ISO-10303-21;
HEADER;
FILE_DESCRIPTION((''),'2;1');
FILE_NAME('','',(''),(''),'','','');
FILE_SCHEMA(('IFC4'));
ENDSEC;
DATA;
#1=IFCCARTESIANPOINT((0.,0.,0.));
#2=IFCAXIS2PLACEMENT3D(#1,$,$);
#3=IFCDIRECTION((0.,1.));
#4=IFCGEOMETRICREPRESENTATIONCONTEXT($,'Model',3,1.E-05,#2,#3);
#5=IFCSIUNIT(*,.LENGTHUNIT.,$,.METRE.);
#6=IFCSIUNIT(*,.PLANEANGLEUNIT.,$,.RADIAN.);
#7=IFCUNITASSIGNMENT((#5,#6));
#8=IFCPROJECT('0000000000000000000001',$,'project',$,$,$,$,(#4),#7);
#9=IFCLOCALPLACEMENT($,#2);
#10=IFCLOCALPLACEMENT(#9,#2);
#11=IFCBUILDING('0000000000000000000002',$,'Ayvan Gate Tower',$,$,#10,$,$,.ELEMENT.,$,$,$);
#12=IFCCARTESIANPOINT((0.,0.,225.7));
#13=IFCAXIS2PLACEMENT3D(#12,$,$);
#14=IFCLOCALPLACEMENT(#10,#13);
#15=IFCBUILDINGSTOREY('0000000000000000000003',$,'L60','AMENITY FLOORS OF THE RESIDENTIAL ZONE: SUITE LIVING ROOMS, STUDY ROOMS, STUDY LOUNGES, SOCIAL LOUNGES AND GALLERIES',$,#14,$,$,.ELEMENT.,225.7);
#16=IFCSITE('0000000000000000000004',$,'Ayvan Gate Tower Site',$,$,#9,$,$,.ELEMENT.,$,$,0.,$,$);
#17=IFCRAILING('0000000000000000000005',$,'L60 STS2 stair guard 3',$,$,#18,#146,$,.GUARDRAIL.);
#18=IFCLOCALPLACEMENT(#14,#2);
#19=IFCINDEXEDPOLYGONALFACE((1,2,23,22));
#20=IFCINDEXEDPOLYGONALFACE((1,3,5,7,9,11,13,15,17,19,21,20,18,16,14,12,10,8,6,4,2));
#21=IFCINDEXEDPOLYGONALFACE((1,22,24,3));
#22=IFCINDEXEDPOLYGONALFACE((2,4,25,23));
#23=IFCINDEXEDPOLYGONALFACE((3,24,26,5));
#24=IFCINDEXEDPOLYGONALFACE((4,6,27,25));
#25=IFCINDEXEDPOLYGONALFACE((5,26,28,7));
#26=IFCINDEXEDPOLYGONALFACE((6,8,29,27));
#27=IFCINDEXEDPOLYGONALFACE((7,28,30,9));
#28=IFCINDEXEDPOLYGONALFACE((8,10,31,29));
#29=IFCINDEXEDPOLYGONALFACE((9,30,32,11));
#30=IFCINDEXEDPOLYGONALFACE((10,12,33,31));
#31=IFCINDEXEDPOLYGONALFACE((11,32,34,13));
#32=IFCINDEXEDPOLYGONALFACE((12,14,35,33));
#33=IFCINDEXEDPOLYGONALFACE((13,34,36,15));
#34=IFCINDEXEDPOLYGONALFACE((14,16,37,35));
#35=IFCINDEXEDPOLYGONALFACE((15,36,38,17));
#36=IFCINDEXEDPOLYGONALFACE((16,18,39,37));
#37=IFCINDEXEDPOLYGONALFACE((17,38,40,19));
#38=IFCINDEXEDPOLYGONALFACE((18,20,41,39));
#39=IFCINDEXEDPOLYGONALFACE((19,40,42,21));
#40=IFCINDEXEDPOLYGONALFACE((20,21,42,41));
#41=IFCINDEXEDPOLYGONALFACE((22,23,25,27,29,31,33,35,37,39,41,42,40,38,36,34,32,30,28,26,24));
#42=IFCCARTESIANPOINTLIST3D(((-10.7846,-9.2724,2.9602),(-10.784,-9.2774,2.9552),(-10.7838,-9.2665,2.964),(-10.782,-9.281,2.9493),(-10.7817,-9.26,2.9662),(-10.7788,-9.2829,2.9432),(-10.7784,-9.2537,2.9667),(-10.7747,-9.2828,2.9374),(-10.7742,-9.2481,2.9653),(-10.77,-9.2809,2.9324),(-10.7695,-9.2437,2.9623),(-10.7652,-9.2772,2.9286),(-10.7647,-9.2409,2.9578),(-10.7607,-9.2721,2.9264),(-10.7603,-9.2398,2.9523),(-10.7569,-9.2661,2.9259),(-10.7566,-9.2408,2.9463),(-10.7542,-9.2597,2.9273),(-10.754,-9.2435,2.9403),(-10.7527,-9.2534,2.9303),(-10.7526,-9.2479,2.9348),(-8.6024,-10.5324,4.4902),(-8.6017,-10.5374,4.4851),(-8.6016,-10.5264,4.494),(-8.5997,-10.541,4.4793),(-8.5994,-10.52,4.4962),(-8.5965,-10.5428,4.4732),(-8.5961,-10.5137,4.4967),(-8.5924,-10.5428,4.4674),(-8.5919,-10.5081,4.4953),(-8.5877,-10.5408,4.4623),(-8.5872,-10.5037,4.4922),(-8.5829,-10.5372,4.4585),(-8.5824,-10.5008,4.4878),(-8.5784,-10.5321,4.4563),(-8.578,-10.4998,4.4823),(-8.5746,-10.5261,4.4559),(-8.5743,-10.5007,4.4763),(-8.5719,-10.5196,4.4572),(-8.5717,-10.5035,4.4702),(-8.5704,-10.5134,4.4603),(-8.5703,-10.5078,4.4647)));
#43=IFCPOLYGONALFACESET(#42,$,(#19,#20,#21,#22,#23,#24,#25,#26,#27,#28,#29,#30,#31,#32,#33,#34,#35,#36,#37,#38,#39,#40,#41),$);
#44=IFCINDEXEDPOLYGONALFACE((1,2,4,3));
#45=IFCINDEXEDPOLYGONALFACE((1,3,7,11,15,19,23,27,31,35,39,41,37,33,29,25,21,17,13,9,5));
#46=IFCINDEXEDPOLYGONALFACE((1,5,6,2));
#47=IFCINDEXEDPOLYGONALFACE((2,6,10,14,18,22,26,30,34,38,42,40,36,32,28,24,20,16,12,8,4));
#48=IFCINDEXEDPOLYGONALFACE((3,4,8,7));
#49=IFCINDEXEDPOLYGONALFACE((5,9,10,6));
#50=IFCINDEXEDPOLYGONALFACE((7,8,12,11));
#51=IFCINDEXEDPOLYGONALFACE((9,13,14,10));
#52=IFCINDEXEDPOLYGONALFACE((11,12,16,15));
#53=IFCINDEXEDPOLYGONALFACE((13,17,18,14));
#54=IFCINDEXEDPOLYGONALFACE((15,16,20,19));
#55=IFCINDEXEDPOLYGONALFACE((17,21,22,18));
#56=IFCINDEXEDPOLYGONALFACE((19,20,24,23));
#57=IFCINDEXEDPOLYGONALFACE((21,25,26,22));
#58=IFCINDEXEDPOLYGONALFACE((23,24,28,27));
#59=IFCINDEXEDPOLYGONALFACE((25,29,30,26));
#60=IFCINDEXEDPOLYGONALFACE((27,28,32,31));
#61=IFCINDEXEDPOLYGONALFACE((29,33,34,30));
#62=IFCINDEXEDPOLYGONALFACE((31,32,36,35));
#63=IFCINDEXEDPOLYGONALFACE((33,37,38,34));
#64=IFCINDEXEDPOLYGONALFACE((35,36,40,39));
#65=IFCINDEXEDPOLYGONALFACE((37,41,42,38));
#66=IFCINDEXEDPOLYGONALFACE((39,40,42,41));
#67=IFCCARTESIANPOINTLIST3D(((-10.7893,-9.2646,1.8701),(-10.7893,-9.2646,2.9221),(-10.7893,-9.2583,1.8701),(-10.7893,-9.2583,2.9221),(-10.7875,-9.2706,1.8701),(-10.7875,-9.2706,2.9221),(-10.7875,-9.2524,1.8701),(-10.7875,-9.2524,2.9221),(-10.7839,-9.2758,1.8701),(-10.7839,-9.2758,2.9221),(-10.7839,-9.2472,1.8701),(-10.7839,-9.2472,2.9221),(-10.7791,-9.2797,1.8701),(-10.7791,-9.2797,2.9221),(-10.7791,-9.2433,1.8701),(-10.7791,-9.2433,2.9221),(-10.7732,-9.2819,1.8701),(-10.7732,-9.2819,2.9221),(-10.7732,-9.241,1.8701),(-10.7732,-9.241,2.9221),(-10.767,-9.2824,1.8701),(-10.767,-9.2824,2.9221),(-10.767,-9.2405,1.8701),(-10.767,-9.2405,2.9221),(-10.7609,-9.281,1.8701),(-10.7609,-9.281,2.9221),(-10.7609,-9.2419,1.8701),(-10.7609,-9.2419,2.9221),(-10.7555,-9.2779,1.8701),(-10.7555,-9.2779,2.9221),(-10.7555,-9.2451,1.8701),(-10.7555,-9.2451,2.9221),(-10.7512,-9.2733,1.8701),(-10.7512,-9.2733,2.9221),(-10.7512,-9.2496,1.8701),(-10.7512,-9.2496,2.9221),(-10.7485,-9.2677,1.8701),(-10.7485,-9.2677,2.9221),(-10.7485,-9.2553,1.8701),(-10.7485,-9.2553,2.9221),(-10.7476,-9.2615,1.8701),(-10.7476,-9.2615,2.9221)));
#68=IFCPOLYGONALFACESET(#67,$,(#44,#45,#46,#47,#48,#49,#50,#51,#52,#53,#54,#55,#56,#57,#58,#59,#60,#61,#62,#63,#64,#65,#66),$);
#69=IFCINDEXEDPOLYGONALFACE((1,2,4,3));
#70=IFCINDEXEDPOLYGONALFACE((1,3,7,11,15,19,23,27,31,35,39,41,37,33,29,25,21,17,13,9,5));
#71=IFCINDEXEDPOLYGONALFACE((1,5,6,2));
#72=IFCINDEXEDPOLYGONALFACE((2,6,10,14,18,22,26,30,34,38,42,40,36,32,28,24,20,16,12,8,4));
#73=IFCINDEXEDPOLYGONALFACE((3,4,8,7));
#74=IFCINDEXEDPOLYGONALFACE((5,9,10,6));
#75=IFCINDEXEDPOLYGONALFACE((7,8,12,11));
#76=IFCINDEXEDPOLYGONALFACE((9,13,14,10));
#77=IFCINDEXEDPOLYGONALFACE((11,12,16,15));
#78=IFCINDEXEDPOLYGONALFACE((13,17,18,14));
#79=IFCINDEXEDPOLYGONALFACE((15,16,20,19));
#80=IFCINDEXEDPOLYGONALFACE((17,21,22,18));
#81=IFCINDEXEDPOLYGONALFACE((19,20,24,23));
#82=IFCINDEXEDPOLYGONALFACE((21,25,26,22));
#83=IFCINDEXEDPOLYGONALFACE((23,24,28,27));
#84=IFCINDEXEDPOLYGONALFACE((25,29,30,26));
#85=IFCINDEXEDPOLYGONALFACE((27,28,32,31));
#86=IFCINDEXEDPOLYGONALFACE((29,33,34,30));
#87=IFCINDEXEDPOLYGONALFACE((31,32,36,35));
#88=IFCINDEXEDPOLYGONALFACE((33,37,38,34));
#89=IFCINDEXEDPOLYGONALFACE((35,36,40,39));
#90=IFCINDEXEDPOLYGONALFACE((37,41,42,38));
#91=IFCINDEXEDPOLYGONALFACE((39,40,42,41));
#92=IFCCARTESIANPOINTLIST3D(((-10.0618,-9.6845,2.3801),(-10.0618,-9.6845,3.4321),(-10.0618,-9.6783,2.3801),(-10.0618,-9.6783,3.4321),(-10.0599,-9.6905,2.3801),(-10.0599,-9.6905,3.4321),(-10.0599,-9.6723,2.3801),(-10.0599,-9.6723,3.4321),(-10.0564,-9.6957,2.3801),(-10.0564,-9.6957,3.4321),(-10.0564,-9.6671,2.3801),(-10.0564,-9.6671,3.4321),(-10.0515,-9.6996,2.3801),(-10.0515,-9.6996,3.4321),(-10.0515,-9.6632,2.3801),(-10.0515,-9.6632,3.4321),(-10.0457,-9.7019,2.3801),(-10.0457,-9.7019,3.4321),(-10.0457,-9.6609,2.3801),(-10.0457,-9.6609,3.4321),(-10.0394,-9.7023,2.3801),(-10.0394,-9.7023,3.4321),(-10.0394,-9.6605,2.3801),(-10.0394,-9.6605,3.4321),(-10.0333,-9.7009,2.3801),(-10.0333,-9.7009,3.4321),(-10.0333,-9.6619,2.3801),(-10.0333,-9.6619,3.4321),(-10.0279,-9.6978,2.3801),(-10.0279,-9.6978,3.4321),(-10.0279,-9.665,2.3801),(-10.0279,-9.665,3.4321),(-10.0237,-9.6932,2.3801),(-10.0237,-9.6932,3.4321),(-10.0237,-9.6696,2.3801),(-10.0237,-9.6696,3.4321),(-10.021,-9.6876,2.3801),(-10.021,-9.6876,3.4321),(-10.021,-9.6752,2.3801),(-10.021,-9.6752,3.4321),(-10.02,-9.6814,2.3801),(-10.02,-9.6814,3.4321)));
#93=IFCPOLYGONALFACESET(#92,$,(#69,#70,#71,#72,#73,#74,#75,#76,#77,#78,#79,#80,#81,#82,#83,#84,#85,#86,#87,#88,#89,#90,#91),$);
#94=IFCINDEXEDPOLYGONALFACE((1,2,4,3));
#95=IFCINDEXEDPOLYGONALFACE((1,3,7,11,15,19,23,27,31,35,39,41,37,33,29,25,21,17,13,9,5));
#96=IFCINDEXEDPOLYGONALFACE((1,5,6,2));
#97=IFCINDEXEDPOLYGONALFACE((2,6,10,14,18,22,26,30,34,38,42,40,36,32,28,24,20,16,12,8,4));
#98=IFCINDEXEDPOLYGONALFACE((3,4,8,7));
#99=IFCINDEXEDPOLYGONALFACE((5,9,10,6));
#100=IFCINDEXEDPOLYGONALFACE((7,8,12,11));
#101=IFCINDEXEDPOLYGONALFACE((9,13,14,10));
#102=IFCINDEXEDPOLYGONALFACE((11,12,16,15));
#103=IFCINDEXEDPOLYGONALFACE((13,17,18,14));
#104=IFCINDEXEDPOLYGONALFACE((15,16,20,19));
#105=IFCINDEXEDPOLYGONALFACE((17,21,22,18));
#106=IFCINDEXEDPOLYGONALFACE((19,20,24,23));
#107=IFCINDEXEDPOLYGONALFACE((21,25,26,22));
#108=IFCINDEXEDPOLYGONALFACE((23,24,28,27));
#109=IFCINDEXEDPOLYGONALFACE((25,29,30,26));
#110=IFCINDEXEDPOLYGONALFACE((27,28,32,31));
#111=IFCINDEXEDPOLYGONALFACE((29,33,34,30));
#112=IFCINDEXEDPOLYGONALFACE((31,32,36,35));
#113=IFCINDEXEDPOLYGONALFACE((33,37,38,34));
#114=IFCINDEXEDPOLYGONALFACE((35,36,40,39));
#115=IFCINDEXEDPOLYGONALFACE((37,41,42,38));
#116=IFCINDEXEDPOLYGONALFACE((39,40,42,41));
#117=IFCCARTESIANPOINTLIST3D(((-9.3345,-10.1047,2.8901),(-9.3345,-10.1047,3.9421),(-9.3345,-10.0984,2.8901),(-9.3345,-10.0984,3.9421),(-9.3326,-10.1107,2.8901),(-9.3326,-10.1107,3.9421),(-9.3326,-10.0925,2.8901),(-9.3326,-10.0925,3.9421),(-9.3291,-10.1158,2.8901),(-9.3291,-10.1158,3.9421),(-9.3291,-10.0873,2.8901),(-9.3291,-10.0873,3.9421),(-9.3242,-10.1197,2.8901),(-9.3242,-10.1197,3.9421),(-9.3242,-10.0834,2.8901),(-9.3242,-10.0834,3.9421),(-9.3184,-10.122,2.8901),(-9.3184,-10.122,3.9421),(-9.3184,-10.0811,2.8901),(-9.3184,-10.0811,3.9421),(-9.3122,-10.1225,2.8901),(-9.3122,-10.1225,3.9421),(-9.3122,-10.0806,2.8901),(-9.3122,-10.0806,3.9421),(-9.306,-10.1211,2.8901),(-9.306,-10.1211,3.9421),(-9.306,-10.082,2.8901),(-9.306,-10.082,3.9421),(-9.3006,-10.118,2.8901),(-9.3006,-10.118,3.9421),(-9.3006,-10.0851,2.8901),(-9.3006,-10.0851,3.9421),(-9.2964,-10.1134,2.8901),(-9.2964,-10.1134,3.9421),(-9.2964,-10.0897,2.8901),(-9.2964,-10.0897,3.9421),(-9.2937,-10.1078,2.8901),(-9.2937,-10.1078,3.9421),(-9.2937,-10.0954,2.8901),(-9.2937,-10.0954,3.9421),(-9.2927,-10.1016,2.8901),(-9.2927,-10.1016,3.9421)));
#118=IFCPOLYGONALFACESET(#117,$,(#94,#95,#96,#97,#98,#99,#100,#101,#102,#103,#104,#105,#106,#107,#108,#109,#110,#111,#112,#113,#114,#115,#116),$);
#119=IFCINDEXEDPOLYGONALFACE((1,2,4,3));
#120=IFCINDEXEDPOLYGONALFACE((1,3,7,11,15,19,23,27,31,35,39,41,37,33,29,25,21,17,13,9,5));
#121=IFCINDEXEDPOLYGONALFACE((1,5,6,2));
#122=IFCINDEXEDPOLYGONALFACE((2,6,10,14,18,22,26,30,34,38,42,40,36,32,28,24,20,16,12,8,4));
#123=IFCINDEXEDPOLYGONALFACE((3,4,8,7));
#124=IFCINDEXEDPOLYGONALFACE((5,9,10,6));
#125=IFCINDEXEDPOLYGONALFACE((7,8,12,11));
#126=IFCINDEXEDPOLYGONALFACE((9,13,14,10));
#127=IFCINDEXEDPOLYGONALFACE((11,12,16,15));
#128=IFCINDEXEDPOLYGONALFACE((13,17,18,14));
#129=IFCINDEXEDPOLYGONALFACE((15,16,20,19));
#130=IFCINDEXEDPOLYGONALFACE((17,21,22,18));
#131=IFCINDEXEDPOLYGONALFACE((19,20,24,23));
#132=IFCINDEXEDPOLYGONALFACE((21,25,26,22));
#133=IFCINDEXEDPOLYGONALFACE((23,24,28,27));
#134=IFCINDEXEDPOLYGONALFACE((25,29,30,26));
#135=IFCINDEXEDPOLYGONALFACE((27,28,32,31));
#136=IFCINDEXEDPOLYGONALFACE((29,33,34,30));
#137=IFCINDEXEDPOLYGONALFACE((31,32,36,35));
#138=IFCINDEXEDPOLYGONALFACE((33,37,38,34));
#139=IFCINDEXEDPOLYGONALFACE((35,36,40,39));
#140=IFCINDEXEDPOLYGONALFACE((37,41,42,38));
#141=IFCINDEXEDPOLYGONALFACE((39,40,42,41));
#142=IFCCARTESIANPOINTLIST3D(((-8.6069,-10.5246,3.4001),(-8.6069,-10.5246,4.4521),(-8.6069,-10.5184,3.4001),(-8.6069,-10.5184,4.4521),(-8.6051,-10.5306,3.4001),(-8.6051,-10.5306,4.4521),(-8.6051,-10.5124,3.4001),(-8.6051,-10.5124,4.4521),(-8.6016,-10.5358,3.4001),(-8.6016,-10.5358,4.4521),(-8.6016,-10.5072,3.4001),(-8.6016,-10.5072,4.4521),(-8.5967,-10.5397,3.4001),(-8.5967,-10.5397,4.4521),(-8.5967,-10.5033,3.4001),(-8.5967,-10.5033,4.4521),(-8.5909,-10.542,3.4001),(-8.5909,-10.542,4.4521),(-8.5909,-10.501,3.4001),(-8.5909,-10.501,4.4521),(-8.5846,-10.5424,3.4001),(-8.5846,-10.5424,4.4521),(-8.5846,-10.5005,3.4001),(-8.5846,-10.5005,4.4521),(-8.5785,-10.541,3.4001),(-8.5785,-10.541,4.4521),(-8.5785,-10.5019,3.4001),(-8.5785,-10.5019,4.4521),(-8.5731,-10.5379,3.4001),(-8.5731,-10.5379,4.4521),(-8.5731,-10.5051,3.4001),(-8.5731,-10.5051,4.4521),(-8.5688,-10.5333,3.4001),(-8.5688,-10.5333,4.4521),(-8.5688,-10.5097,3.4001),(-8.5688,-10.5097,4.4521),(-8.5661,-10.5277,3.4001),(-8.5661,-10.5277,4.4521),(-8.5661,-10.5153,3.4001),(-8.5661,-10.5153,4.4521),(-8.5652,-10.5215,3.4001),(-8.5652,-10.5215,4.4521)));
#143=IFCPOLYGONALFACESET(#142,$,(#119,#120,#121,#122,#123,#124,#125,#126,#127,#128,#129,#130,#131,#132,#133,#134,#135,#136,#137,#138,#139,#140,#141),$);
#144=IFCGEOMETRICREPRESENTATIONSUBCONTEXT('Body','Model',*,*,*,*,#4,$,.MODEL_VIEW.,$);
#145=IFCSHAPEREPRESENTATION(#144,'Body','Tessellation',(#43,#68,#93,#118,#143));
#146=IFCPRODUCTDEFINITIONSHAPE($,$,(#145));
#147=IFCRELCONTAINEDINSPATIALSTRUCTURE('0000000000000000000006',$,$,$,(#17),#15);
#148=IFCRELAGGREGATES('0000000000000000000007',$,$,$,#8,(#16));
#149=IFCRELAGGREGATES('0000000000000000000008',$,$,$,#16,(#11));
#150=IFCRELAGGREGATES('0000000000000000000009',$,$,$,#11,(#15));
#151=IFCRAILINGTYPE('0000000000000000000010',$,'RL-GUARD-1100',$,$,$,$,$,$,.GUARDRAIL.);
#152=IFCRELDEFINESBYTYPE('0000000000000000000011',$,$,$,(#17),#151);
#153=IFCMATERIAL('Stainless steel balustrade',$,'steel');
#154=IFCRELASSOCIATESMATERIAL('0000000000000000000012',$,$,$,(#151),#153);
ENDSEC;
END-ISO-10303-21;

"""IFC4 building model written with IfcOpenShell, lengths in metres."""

from ifc_helpers import new_model, si_unit, direction, frame, origin, origin_2d, place, context, subcontext, project, spatial, circle, extrude, material, type_object, element, save


model = new_model("IFC4")

# Units and contexts
model_context = context("Model", 3, precision=1e-05, world=origin(), true_north=direction((0.0, 1.0)))
body_context = subcontext(model_context, "Body", "Model", "MODEL_VIEW")
ifc_project = project(units=[si_unit("LENGTHUNIT", "METRE"), si_unit("PLANEANGLEUNIT", "RADIAN")], contexts=[model_context])

# Site, building, storey
site_placement = place(None, origin())
site = spatial("IfcSite", under=ifc_project, at=site_placement, Name="Ayvan Gate Tower Site", CompositionType="ELEMENT", RefElevation=0.0)
building_placement = place(site_placement, origin())
building = spatial("IfcBuilding", under=site, at=building_placement, Name="Ayvan Gate Tower", CompositionType="ELEMENT")
storey_placement = place(building_placement, frame((0.0, 0.0, 225.7)))
storey = spatial("IfcBuildingStorey", under=building, at=storey_placement, Name="L60", Description="AMENITY FLOORS OF THE RESIDENTIAL ZONE: SUITE LIVING ROOMS, STUDY ROOMS, STUDY LOUNGES, SOCIAL LOUNGES AND GALLERIES", CompositionType="ELEMENT", Elevation=225.7)

# Railing
ifc_material_1 = material(Name="Stainless steel balustrade", Category="steel")
railing_type_1 = type_object("IfcRailingType", Name="RL-GUARD-1100", PredefinedType="GUARDRAIL", material=ifc_material_1)
railing_1_placement = place(storey_placement, frame((-10.7686, -9.2615, 1.8701)))
element("IfcRailing", 1, at=railing_1_placement, inside=storey, type_object=railing_type_1, Name="L60 STS2 stair guard 3", PredefinedType="GUARDRAIL", context=body_context, shape_type="SweptSolid", body=[
    extrude(circle(Radius=0.0239, at=origin_2d()), frame((0.0, 0.0, 1.0762), z_axis=(0.740261, -0.427395, 0.518986), x_axis=(0.500005, 0.866023, 0.0)), (0.0, 0.0, 1.0), 2.948),
    extrude(circle(Radius=0.021, at=origin_2d()), origin(), (0.0, 0.0, 1.0), 1.052),
    extrude(circle(Radius=0.021, at=origin_2d()), frame((0.7275, -0.4199, 0.51)), (0.0, 0.0, 1.0), 1.052),
    extrude(circle(Radius=0.021, at=origin_2d()), frame((1.4548, -0.8401, 1.02)), (0.0, 0.0, 1.0), 1.052),
    extrude(circle(Radius=0.021, at=origin_2d()), frame((2.1824, -1.26, 1.53)), (0.0, 0.0, 1.0), 1.052),
])

save(model, "model.ifc")
